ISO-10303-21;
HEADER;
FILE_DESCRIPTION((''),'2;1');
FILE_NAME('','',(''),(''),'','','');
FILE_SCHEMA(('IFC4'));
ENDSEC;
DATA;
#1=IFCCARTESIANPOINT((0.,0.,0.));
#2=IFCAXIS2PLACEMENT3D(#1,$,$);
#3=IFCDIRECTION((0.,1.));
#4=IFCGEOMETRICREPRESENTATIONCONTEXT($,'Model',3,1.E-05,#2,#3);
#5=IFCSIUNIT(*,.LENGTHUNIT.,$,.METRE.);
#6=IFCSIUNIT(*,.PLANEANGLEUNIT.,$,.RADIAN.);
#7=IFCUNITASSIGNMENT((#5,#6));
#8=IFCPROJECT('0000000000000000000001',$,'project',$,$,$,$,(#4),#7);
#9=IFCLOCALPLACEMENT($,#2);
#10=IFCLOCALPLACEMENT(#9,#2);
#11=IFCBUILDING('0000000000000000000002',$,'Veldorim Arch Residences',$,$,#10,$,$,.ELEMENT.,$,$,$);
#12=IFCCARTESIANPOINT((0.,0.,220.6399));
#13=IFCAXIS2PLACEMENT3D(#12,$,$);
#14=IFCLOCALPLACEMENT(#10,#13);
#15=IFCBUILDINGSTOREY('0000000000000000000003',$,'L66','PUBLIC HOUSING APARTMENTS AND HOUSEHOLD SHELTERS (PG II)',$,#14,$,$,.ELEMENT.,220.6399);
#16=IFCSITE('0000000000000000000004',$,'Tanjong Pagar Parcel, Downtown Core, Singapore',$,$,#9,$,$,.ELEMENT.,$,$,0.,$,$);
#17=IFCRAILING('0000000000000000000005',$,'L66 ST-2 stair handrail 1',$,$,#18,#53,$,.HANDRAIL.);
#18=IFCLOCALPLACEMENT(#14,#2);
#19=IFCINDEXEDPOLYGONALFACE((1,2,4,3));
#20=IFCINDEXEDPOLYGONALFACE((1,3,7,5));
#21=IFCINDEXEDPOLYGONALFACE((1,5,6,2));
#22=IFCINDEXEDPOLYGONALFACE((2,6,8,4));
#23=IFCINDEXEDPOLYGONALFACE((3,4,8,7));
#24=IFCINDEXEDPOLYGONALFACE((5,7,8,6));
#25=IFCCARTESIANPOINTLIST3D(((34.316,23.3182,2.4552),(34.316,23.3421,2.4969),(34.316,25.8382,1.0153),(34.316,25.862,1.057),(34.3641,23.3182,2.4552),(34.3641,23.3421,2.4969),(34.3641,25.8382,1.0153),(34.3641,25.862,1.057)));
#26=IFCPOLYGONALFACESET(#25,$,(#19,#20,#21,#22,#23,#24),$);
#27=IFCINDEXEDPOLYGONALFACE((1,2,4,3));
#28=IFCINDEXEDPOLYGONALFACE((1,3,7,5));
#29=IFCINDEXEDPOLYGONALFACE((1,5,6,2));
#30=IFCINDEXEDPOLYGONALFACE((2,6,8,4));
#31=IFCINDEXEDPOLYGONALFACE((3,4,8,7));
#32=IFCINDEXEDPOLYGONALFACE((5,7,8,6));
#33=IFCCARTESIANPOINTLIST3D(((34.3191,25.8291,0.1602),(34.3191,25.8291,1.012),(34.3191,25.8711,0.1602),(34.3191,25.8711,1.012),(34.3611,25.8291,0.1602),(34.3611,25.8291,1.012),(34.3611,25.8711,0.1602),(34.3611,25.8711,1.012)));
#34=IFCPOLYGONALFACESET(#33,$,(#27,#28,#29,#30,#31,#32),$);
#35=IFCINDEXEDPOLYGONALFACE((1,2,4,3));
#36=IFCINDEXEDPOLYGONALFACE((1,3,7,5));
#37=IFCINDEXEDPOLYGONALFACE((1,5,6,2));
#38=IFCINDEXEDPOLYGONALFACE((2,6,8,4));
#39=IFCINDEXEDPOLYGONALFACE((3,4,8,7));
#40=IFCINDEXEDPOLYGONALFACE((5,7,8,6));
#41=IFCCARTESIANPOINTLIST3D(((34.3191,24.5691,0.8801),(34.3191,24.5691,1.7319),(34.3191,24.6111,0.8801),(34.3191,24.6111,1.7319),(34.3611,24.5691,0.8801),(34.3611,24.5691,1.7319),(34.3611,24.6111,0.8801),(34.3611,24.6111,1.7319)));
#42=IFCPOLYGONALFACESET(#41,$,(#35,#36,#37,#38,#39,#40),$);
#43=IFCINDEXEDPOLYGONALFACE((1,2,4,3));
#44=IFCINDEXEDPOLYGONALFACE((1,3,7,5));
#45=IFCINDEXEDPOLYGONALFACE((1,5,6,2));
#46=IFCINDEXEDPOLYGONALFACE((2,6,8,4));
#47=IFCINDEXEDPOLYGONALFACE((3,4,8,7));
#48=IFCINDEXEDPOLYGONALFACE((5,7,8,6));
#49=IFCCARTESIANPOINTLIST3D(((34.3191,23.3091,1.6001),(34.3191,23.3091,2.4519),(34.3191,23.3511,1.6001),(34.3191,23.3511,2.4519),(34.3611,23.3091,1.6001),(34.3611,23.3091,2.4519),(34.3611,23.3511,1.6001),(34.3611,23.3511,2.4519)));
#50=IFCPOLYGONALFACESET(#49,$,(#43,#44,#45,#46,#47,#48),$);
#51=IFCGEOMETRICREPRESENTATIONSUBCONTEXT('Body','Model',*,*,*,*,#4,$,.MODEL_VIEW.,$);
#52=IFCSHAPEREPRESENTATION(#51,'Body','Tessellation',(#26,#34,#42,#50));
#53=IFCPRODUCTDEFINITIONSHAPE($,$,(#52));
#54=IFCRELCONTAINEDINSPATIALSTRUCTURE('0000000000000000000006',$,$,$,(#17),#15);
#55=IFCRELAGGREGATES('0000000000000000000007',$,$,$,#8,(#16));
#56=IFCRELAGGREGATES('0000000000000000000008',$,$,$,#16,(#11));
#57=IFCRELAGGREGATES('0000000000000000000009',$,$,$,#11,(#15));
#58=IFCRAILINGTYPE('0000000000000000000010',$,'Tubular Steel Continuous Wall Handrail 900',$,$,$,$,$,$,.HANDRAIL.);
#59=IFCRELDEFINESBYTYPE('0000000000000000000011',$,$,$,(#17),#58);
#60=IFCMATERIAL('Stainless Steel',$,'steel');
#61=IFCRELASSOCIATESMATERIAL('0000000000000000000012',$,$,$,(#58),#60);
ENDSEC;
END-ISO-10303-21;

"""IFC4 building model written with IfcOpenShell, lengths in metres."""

from ifc_helpers import new_model, si_unit, direction, frame, origin, origin_2d, place, context, subcontext, project, spatial, rectangle, extrude, material, type_object, element, save


model = new_model("IFC4")

# Units and contexts
model_context = context("Model", 3, precision=1e-05, world=origin(), true_north=direction((0.0, 1.0)))
body_context = subcontext(model_context, "Body", "Model", "MODEL_VIEW")
ifc_project = project(units=[si_unit("LENGTHUNIT", "METRE"), si_unit("PLANEANGLEUNIT", "RADIAN")], contexts=[model_context])

# Site, building, storey
site_placement = place(None, origin())
site = spatial("IfcSite", under=ifc_project, at=site_placement, Name="Tanjong Pagar Parcel, Downtown Core, Singapore", CompositionType="ELEMENT", RefElevation=0.0)
building_placement = place(site_placement, origin())
building = spatial("IfcBuilding", under=site, at=building_placement, Name="Veldorim Arch Residences", CompositionType="ELEMENT")
storey_placement = place(building_placement, frame((0.0, 0.0, 220.6399)))
storey = spatial("IfcBuildingStorey", under=building, at=storey_placement, Name="L66", Description="PUBLIC HOUSING APARTMENTS AND HOUSEHOLD SHELTERS (PG II)", CompositionType="ELEMENT", Elevation=220.6399)

# Railing
ifc_material_1 = material(Name="Stainless Steel", Category="steel")
railing_type_1 = type_object("IfcRailingType", Name="Tubular Steel Continuous Wall Handrail 900", PredefinedType="HANDRAIL", material=ifc_material_1)
railing_1_placement = place(storey_placement, frame((34.3401, 25.8501, 0.1602)))
element("IfcRailing", 1, at=railing_1_placement, inside=storey, type_object=railing_type_1, Name="L66 ST-2 stair handrail 1", PredefinedType="HANDRAIL", context=body_context, shape_type="SweptSolid", body=[
    extrude(rectangle(XDim=0.0481, YDim=0.0481, at=origin_2d()), frame((0.0, 0.0, 0.876), z_axis=(0.0, -0.868253, 0.496121), x_axis=(1.0, 0.0, 0.0)), (0.0, 0.0, 1.0), 2.9023),
    extrude(rectangle(XDim=0.042, YDim=0.042, at=origin_2d()), origin(), (0.0, 0.0, 1.0), 0.8518),
    extrude(rectangle(XDim=0.042, YDim=0.042, at=origin_2d()), frame((0.0, -1.26, 0.72)), (0.0, 0.0, 1.0), 0.8518),
    extrude(rectangle(XDim=0.042, YDim=0.042, at=origin_2d()), frame((0.0, -2.52, 1.4399)), (0.0, 0.0, 1.0), 0.8518),
])

save(model, "model.ifc")
